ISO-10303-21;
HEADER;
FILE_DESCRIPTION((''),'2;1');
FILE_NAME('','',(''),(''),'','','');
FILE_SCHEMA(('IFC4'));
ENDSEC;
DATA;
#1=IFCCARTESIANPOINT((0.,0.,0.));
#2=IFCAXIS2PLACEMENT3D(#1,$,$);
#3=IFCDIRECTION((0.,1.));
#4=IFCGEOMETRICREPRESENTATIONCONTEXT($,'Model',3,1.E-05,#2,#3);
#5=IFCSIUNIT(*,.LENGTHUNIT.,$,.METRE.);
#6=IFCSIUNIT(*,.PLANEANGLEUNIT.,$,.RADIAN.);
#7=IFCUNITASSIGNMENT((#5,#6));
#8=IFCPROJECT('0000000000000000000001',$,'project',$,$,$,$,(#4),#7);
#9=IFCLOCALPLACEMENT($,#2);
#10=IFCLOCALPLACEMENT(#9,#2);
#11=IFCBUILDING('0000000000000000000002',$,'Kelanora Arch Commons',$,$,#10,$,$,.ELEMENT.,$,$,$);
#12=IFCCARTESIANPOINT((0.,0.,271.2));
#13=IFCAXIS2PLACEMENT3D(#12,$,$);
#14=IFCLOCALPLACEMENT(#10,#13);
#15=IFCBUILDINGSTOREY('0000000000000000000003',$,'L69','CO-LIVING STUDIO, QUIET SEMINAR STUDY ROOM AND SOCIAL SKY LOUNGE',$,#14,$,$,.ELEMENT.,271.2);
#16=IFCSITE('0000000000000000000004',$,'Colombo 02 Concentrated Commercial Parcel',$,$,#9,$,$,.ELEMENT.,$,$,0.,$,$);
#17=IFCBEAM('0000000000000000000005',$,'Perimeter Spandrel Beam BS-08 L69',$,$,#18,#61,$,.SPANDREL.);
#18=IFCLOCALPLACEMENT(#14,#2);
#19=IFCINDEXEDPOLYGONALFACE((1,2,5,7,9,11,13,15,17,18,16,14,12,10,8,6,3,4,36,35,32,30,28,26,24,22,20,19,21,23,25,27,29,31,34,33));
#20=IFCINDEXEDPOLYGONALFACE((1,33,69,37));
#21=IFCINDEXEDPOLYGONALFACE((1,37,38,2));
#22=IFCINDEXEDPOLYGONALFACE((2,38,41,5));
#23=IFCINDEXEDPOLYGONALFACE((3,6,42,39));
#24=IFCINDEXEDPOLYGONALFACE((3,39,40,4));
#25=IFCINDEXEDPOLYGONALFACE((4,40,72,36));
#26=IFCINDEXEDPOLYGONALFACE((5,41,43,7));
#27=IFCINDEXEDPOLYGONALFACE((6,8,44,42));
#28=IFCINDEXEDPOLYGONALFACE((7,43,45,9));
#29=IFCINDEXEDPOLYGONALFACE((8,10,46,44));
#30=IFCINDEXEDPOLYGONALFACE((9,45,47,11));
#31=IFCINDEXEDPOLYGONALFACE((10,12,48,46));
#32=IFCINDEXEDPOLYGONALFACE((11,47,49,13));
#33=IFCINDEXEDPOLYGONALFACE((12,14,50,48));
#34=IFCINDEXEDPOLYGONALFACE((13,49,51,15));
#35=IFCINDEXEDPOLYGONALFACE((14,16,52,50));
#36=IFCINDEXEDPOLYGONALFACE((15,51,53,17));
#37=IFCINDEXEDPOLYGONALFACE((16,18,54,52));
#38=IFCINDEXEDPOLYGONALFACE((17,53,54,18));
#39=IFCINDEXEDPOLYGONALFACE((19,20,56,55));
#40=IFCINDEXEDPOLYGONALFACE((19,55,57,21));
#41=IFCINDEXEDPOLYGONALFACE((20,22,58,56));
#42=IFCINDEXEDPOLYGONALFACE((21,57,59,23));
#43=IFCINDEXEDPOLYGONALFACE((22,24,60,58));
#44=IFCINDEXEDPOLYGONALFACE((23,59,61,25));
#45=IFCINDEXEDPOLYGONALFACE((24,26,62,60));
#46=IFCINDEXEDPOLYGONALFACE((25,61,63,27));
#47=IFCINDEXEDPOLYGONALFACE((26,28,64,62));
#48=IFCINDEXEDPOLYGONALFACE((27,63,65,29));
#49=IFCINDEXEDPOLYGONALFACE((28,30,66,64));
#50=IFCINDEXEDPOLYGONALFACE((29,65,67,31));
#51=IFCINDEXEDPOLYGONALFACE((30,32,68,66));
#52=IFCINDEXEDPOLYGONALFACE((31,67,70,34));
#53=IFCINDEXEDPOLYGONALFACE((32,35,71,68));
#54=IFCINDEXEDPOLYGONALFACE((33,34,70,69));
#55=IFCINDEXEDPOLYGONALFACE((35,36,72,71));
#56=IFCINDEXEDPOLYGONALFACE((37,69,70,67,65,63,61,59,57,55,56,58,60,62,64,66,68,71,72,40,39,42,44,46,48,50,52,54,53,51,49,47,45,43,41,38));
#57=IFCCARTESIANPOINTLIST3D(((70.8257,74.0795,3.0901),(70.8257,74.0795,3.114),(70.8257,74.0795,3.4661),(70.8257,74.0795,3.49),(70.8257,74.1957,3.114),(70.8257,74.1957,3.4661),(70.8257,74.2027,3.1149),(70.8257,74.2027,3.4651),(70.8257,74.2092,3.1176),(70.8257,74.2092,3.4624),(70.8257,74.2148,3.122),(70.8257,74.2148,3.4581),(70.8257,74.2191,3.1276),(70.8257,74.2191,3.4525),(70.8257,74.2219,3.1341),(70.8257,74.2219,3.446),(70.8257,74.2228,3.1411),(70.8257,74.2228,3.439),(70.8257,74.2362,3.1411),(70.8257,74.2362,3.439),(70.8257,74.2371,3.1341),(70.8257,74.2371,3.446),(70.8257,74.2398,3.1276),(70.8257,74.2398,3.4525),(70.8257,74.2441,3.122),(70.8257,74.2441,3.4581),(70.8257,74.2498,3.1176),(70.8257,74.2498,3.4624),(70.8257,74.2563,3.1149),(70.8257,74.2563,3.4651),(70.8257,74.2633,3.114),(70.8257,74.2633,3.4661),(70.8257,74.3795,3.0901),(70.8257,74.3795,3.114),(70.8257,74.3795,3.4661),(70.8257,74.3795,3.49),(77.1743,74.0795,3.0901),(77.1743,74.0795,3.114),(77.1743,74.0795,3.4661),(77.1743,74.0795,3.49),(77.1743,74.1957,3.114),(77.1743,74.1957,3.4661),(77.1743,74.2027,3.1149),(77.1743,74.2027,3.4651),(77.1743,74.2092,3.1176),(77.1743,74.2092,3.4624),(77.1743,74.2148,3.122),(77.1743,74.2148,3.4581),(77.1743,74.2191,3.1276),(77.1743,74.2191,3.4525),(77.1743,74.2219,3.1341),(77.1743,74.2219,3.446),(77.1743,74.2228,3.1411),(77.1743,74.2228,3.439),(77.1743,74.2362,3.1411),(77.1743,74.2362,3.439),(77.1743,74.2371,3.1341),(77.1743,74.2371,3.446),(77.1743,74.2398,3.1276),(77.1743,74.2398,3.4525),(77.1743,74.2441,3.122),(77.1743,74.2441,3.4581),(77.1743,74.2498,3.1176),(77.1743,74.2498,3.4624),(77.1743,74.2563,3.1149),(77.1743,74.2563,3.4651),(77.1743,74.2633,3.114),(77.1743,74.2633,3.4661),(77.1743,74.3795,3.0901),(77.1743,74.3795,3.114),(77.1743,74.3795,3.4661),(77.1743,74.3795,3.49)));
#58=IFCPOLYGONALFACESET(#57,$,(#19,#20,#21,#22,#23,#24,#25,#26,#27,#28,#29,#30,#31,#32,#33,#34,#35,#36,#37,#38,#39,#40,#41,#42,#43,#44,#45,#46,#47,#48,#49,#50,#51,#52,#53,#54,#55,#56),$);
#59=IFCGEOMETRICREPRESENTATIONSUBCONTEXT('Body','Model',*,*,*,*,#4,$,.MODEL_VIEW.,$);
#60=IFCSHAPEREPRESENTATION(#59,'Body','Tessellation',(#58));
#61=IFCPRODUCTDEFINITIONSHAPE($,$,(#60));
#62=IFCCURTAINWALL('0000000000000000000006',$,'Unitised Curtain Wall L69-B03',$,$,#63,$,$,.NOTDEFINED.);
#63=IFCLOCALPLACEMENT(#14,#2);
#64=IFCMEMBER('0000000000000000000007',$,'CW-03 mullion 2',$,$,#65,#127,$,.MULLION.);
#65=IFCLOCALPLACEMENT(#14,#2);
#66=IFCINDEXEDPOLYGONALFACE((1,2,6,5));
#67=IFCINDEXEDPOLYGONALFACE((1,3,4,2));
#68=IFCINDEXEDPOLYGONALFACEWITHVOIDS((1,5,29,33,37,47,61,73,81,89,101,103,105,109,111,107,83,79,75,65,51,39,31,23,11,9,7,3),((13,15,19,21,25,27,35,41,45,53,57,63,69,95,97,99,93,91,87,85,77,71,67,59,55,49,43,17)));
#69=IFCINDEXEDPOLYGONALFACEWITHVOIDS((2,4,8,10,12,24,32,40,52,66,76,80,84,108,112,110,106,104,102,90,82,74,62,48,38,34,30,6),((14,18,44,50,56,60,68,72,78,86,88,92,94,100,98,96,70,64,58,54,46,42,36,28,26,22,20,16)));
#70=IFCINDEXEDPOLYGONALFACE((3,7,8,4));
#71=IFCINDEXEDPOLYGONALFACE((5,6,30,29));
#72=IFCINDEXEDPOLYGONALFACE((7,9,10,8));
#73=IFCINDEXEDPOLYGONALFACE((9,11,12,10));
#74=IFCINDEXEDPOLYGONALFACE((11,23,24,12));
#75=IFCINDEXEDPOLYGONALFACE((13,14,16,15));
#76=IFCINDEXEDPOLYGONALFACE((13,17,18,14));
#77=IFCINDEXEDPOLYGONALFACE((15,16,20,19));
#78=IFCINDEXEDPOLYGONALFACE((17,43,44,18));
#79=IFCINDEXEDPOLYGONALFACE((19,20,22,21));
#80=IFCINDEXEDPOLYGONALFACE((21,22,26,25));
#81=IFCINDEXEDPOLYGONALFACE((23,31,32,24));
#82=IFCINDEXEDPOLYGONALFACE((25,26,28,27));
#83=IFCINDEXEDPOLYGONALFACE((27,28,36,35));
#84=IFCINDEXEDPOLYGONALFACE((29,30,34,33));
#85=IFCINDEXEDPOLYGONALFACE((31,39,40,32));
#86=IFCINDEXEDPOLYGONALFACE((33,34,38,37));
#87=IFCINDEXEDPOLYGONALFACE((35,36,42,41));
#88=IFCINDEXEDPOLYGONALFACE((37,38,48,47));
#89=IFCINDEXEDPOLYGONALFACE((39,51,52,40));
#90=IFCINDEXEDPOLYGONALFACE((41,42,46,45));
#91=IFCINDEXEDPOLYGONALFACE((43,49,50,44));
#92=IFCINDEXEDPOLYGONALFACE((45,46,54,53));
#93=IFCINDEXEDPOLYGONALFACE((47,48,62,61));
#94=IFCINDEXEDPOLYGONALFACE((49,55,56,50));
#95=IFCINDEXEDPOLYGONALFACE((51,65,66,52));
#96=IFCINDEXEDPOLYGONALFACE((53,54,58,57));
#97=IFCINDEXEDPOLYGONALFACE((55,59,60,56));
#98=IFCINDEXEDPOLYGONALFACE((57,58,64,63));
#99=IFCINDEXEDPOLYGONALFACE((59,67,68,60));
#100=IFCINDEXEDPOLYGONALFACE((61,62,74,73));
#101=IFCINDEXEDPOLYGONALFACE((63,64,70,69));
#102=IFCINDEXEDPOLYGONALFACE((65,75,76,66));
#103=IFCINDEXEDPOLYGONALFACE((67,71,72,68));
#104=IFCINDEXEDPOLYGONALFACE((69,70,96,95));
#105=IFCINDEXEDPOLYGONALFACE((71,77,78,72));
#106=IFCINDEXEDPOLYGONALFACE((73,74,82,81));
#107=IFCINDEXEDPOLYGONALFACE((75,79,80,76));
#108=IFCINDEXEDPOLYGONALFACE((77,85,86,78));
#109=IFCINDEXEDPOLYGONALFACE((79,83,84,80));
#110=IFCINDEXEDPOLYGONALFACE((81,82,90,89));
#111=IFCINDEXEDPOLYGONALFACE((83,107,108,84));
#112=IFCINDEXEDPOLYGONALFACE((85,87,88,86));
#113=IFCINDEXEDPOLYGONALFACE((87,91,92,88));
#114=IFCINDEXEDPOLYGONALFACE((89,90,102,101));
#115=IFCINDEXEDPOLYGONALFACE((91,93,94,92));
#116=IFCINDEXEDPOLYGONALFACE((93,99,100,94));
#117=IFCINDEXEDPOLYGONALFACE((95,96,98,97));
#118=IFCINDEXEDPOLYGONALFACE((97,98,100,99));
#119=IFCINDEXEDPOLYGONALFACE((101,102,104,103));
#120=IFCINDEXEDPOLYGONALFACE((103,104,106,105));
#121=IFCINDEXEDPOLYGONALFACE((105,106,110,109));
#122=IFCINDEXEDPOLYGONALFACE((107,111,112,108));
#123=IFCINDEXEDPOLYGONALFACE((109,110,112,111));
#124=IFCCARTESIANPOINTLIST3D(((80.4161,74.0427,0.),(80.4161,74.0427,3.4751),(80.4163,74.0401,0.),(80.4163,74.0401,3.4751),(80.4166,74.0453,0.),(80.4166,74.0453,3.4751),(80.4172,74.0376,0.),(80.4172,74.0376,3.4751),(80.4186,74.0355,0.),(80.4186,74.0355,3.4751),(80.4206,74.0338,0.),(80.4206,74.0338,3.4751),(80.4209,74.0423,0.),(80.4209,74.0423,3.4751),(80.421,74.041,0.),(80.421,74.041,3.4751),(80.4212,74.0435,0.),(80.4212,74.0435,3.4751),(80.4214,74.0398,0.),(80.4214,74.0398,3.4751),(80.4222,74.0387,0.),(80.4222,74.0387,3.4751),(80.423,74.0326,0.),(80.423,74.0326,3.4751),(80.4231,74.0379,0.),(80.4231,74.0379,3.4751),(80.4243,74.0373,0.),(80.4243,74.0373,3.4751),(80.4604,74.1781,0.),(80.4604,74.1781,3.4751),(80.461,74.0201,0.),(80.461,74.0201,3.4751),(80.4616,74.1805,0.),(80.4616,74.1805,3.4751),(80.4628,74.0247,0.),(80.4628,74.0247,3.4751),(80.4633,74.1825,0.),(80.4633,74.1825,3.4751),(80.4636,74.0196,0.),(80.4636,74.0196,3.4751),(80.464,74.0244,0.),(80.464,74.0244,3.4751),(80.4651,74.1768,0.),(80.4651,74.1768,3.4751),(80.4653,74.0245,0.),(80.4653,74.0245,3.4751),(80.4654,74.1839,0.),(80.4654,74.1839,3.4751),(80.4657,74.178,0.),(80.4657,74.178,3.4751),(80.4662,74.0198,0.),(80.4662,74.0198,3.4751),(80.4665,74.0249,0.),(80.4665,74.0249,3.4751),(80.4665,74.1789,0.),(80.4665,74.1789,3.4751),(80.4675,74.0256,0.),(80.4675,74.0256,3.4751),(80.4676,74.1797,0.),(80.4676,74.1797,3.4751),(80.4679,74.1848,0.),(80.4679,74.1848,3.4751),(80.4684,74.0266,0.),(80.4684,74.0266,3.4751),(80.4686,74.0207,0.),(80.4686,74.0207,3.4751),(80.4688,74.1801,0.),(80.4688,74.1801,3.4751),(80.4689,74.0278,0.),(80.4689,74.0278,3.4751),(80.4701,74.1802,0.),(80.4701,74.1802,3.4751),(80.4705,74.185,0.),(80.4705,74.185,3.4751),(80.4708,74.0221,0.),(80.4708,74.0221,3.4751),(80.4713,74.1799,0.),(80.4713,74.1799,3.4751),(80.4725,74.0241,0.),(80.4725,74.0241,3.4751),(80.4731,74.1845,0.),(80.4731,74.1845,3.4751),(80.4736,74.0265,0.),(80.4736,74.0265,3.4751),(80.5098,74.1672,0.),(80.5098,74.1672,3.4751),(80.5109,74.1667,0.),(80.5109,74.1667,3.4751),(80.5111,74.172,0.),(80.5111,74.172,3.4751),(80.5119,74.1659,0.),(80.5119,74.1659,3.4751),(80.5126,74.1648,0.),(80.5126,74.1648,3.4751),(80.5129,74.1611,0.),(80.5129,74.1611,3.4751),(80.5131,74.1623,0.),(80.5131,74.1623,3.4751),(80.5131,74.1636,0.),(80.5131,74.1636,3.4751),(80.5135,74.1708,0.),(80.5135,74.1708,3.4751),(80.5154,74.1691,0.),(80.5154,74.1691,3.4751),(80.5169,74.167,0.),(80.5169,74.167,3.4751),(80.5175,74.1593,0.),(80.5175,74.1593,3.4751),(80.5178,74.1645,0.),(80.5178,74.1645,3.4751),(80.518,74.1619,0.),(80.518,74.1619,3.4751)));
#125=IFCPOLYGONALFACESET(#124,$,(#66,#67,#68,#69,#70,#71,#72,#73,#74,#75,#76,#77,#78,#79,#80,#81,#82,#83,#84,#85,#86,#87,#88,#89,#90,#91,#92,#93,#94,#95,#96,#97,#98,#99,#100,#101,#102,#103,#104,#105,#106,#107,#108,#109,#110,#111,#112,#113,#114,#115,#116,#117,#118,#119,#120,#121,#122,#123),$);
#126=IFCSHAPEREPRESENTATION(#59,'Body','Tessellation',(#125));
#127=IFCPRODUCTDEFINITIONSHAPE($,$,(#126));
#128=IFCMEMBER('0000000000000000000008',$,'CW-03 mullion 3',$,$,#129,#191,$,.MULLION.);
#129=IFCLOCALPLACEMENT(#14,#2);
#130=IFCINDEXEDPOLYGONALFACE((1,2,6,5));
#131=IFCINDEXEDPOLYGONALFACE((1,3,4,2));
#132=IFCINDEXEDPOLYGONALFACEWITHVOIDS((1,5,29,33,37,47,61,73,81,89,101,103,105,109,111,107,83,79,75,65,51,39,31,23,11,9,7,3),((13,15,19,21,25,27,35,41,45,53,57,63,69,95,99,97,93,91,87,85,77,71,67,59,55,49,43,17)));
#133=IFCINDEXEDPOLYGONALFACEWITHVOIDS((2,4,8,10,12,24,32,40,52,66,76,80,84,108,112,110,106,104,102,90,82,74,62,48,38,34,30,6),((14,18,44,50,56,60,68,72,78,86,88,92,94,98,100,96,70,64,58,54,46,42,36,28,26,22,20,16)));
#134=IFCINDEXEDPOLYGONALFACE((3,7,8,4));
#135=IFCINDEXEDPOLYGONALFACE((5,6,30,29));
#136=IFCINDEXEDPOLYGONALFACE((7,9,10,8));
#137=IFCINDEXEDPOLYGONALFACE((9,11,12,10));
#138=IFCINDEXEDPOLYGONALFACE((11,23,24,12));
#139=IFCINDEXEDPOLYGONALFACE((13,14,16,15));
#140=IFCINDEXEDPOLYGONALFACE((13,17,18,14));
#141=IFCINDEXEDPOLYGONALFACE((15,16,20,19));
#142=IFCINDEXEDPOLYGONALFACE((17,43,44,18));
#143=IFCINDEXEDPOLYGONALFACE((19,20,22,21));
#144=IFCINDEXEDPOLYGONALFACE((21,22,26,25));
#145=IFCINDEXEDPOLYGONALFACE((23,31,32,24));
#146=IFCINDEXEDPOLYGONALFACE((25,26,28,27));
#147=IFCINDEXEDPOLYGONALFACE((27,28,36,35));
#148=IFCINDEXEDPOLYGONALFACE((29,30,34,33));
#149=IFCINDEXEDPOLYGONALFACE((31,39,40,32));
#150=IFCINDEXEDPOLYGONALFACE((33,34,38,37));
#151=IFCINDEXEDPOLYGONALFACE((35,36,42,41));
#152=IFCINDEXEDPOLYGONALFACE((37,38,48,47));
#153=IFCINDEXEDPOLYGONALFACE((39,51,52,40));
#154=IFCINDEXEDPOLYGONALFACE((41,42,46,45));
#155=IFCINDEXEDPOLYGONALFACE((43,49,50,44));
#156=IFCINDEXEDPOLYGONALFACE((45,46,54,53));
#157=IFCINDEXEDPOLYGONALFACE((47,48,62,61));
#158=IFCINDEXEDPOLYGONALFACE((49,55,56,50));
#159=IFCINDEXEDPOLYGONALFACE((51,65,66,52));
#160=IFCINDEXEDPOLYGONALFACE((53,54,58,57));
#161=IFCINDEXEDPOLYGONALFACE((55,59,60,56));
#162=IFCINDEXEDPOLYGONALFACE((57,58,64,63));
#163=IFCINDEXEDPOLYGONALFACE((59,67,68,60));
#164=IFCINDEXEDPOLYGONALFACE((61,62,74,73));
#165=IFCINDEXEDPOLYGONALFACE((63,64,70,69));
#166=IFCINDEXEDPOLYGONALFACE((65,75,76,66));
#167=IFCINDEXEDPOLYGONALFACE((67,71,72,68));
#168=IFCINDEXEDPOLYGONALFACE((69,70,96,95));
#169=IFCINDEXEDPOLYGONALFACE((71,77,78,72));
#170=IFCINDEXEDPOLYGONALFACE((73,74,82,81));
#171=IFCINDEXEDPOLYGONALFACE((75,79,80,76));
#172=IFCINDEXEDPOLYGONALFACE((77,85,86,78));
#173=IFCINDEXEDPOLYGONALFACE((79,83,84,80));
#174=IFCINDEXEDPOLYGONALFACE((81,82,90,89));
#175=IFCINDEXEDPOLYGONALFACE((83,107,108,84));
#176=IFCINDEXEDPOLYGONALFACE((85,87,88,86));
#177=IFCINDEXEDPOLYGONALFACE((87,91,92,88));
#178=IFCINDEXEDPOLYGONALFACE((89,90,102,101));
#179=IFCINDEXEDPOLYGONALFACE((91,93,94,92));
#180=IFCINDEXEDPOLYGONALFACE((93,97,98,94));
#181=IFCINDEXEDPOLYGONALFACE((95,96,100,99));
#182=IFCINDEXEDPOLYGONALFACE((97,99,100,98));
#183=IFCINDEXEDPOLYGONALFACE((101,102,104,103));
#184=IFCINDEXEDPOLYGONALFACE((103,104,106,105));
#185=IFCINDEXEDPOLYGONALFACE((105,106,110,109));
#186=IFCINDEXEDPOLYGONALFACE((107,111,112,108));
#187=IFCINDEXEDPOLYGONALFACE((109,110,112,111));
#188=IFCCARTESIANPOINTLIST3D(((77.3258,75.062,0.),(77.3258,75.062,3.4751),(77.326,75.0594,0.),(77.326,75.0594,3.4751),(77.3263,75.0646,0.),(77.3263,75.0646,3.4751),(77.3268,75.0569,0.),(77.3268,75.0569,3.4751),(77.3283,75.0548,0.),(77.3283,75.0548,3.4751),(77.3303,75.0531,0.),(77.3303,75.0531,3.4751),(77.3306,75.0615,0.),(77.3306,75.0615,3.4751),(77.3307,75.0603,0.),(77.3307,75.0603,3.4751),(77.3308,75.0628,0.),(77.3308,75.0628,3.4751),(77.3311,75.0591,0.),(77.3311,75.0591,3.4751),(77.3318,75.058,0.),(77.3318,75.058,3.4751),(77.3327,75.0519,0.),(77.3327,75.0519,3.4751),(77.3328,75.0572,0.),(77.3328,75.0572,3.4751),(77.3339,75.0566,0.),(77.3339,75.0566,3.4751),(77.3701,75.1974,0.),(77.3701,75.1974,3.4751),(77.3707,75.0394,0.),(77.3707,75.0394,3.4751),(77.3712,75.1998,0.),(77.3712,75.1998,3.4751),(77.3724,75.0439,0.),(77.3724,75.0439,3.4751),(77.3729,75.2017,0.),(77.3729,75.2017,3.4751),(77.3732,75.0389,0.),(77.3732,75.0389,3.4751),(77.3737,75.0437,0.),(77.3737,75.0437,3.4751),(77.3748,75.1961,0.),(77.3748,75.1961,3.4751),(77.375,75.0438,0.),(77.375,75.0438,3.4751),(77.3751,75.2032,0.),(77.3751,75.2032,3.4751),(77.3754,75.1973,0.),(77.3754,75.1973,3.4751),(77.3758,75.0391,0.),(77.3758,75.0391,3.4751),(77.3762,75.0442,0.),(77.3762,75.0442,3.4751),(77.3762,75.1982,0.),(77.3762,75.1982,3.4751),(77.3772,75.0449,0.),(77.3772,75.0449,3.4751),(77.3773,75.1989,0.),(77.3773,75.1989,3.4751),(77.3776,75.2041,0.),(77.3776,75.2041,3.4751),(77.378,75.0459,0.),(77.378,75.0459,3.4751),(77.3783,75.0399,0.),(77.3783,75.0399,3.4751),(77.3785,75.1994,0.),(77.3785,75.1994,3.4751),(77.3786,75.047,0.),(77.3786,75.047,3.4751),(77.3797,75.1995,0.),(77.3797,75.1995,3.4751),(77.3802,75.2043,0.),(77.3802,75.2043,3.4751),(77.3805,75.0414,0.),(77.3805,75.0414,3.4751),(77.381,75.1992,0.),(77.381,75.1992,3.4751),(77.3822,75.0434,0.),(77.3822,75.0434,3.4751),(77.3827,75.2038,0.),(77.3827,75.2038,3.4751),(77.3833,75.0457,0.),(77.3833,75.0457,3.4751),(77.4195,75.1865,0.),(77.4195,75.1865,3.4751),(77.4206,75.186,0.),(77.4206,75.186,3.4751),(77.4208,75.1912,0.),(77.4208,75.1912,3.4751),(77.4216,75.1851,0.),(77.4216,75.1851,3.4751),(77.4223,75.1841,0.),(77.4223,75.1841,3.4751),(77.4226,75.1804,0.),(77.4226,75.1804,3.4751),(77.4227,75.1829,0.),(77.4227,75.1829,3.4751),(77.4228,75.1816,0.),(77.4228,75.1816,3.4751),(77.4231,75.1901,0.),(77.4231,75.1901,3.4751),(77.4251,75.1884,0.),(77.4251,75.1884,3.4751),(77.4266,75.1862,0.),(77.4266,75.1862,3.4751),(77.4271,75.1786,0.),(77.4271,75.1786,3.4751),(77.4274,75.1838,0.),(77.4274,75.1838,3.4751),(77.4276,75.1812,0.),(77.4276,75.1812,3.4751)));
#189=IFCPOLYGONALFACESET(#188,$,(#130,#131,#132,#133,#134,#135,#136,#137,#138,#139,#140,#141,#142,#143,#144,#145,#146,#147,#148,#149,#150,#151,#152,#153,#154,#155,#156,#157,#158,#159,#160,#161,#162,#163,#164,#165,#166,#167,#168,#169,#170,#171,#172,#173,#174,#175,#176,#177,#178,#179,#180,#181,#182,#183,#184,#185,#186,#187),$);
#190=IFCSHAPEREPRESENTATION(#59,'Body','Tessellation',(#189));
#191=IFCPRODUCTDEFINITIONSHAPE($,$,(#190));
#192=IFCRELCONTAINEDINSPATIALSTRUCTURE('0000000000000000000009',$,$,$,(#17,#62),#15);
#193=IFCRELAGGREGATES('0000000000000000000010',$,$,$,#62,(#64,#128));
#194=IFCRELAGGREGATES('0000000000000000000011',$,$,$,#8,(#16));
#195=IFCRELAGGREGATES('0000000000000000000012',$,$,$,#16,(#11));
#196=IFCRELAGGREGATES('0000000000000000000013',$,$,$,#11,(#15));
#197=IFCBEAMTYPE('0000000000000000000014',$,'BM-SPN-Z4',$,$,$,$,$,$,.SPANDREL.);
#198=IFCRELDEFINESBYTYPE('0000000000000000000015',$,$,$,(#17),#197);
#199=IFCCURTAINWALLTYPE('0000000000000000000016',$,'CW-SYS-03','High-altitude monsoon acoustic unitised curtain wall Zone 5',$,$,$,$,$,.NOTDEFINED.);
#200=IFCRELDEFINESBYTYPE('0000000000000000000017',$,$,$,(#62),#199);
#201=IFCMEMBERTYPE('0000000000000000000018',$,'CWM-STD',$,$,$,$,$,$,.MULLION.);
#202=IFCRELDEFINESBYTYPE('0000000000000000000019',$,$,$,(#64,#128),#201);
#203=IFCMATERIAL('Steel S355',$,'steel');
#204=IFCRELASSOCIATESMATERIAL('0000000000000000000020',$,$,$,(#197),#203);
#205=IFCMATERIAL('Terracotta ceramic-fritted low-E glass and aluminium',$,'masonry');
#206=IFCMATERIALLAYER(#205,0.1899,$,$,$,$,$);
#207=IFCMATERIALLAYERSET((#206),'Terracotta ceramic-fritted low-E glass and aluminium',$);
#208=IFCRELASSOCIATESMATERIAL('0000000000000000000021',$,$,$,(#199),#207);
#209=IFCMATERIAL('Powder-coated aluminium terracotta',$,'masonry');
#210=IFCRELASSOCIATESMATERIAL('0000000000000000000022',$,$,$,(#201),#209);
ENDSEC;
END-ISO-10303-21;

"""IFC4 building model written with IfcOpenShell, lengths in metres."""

from ifc_helpers import new_model, si_unit, direction, frame, origin, origin_2d, place, context, subcontext, project, spatial, hollow_rectangle, i_section, extrude, material, layer, layer_set, material_profile, profile_set, type_object, element, aggregate, save


model = new_model("IFC4")

# Units and contexts
model_context = context("Model", 3, precision=1e-05, world=origin(), true_north=direction((0.0, 1.0)))
body_context = subcontext(model_context, "Body", "Model", "MODEL_VIEW")
ifc_project = project(units=[si_unit("LENGTHUNIT", "METRE"), si_unit("PLANEANGLEUNIT", "RADIAN")], contexts=[model_context])

# Site, building, storey
site_placement = place(None, origin())
site = spatial("IfcSite", under=ifc_project, at=site_placement, Name="Colombo 02 Concentrated Commercial Parcel", CompositionType="ELEMENT", RefElevation=0.0)
building_placement = place(site_placement, origin())
building = spatial("IfcBuilding", under=site, at=building_placement, Name="Kelanora Arch Commons", CompositionType="ELEMENT")
storey_placement = place(building_placement, frame((0.0, 0.0, 271.2)))
storey = spatial("IfcBuildingStorey", under=building, at=storey_placement, Name="L69", Description="CO-LIVING STUDIO, QUIET SEMINAR STUDY ROOM AND SOCIAL SKY LOUNGE", CompositionType="ELEMENT", Elevation=271.2)

# Beam
ifc_material_1 = material(Name="Steel S355", Category="steel")
ifc_material_profile_1 = material_profile(ifc_material_1, i_section(OverallWidth=0.3, OverallDepth=0.3999, WebThickness=0.0134, FlangeThickness=0.0239, FilletRadius=0.0271, at=origin_2d()), Name="HEB400")
ifc_profile_set_1 = profile_set([ifc_material_profile_1], Name="Steel S355")
beam_type_1 = type_object("IfcBeamType", Name="BM-SPN-Z4", PredefinedType="SPANDREL", material=ifc_profile_set_1)
beam_1_placement = place(storey_placement, frame((77.1743, 74.2295, 3.29), z_axis=(-1.0, 0.0, 0.0), x_axis=(0.0, -1.0, 0.0)))
element("IfcBeam", 1, at=beam_1_placement, inside=storey, type_object=beam_type_1, Name="Perimeter Spandrel Beam BS-08 L69", PredefinedType="SPANDREL", context=body_context, shape_type="SweptSolid", body=[
    extrude(i_section(OverallWidth=0.3, OverallDepth=0.3999, WebThickness=0.0134, FlangeThickness=0.0239, FilletRadius=0.0271, at=origin_2d()), origin(), (0.0, 0.0, 1.0), 6.3486),
])

# Curtain wall, members
ifc_material_2 = material(Name="Terracotta ceramic-fritted low-E glass and aluminium", Category="masonry")
ifc_layer_1 = layer(ifc_material_2, 0.1899)
ifc_layer_set_1 = layer_set([ifc_layer_1], Name="Terracotta ceramic-fritted low-E glass and aluminium")
curtain_wall_type = type_object("IfcCurtainWallType", Name="CW-SYS-03", Description="High-altitude monsoon acoustic unitised curtain wall Zone 5", PredefinedType="NOTDEFINED", material=ifc_layer_set_1)
curtain_wall_placement = place(storey_placement, origin())
curtain_wall = element("IfcCurtainWall", 2, at=curtain_wall_placement, inside=storey, type_object=curtain_wall_type, Name="Unitised Curtain Wall L69-B03", PredefinedType="NOTDEFINED")
ifc_material_3 = material(Name="Powder-coated aluminium terracotta", Category="masonry")
ifc_material_profile_2 = material_profile(ifc_material_3, hollow_rectangle(XDim=0.1599, YDim=0.0601, WallThickness=0.0049, InnerFilletRadius=0.0049, OuterFilletRadius=0.01, at=origin_2d()), Name="CWM160x60")
ifc_profile_set_2 = profile_set([ifc_material_profile_2], Name="Powder-coated aluminium terracotta")
member_type_1 = type_object("IfcMemberType", Name="CWM-STD", PredefinedType="MULLION", material=ifc_profile_set_2)
member_1_placement = place(storey_placement, frame((80.467, 74.1023, 0.0), z_axis=(0.0, 0.0, 1.0), x_axis=(-0.313253, -0.94967, 0.0)))
member_1 = element("IfcMember", 3, at=member_1_placement, type_object=member_type_1, Name="CW-03 mullion 2", PredefinedType="MULLION", context=body_context, shape_type="SweptSolid", body=[
    extrude(hollow_rectangle(XDim=0.1599, YDim=0.0601, WallThickness=0.0049, InnerFilletRadius=0.0049, OuterFilletRadius=0.01, at=origin_2d()), origin(), (0.0, 0.0, 1.0), 3.4751),
])
member_2_placement = place(storey_placement, frame((77.3767, 75.1216, 0.0), z_axis=(0.0, 0.0, 1.0), x_axis=(-0.313253, -0.94967, 0.0)))
member_2 = element("IfcMember", 4, at=member_2_placement, type_object=member_type_1, Name="CW-03 mullion 3", PredefinedType="MULLION", context=body_context, shape_type="SweptSolid", body=[
    extrude(hollow_rectangle(XDim=0.1599, YDim=0.0601, WallThickness=0.0049, InnerFilletRadius=0.0049, OuterFilletRadius=0.01, at=origin_2d()), origin(), (0.0, 0.0, 1.0), 3.4751),
])
aggregate(curtain_wall, [member_1, member_2])

save(model, "model.ifc")
